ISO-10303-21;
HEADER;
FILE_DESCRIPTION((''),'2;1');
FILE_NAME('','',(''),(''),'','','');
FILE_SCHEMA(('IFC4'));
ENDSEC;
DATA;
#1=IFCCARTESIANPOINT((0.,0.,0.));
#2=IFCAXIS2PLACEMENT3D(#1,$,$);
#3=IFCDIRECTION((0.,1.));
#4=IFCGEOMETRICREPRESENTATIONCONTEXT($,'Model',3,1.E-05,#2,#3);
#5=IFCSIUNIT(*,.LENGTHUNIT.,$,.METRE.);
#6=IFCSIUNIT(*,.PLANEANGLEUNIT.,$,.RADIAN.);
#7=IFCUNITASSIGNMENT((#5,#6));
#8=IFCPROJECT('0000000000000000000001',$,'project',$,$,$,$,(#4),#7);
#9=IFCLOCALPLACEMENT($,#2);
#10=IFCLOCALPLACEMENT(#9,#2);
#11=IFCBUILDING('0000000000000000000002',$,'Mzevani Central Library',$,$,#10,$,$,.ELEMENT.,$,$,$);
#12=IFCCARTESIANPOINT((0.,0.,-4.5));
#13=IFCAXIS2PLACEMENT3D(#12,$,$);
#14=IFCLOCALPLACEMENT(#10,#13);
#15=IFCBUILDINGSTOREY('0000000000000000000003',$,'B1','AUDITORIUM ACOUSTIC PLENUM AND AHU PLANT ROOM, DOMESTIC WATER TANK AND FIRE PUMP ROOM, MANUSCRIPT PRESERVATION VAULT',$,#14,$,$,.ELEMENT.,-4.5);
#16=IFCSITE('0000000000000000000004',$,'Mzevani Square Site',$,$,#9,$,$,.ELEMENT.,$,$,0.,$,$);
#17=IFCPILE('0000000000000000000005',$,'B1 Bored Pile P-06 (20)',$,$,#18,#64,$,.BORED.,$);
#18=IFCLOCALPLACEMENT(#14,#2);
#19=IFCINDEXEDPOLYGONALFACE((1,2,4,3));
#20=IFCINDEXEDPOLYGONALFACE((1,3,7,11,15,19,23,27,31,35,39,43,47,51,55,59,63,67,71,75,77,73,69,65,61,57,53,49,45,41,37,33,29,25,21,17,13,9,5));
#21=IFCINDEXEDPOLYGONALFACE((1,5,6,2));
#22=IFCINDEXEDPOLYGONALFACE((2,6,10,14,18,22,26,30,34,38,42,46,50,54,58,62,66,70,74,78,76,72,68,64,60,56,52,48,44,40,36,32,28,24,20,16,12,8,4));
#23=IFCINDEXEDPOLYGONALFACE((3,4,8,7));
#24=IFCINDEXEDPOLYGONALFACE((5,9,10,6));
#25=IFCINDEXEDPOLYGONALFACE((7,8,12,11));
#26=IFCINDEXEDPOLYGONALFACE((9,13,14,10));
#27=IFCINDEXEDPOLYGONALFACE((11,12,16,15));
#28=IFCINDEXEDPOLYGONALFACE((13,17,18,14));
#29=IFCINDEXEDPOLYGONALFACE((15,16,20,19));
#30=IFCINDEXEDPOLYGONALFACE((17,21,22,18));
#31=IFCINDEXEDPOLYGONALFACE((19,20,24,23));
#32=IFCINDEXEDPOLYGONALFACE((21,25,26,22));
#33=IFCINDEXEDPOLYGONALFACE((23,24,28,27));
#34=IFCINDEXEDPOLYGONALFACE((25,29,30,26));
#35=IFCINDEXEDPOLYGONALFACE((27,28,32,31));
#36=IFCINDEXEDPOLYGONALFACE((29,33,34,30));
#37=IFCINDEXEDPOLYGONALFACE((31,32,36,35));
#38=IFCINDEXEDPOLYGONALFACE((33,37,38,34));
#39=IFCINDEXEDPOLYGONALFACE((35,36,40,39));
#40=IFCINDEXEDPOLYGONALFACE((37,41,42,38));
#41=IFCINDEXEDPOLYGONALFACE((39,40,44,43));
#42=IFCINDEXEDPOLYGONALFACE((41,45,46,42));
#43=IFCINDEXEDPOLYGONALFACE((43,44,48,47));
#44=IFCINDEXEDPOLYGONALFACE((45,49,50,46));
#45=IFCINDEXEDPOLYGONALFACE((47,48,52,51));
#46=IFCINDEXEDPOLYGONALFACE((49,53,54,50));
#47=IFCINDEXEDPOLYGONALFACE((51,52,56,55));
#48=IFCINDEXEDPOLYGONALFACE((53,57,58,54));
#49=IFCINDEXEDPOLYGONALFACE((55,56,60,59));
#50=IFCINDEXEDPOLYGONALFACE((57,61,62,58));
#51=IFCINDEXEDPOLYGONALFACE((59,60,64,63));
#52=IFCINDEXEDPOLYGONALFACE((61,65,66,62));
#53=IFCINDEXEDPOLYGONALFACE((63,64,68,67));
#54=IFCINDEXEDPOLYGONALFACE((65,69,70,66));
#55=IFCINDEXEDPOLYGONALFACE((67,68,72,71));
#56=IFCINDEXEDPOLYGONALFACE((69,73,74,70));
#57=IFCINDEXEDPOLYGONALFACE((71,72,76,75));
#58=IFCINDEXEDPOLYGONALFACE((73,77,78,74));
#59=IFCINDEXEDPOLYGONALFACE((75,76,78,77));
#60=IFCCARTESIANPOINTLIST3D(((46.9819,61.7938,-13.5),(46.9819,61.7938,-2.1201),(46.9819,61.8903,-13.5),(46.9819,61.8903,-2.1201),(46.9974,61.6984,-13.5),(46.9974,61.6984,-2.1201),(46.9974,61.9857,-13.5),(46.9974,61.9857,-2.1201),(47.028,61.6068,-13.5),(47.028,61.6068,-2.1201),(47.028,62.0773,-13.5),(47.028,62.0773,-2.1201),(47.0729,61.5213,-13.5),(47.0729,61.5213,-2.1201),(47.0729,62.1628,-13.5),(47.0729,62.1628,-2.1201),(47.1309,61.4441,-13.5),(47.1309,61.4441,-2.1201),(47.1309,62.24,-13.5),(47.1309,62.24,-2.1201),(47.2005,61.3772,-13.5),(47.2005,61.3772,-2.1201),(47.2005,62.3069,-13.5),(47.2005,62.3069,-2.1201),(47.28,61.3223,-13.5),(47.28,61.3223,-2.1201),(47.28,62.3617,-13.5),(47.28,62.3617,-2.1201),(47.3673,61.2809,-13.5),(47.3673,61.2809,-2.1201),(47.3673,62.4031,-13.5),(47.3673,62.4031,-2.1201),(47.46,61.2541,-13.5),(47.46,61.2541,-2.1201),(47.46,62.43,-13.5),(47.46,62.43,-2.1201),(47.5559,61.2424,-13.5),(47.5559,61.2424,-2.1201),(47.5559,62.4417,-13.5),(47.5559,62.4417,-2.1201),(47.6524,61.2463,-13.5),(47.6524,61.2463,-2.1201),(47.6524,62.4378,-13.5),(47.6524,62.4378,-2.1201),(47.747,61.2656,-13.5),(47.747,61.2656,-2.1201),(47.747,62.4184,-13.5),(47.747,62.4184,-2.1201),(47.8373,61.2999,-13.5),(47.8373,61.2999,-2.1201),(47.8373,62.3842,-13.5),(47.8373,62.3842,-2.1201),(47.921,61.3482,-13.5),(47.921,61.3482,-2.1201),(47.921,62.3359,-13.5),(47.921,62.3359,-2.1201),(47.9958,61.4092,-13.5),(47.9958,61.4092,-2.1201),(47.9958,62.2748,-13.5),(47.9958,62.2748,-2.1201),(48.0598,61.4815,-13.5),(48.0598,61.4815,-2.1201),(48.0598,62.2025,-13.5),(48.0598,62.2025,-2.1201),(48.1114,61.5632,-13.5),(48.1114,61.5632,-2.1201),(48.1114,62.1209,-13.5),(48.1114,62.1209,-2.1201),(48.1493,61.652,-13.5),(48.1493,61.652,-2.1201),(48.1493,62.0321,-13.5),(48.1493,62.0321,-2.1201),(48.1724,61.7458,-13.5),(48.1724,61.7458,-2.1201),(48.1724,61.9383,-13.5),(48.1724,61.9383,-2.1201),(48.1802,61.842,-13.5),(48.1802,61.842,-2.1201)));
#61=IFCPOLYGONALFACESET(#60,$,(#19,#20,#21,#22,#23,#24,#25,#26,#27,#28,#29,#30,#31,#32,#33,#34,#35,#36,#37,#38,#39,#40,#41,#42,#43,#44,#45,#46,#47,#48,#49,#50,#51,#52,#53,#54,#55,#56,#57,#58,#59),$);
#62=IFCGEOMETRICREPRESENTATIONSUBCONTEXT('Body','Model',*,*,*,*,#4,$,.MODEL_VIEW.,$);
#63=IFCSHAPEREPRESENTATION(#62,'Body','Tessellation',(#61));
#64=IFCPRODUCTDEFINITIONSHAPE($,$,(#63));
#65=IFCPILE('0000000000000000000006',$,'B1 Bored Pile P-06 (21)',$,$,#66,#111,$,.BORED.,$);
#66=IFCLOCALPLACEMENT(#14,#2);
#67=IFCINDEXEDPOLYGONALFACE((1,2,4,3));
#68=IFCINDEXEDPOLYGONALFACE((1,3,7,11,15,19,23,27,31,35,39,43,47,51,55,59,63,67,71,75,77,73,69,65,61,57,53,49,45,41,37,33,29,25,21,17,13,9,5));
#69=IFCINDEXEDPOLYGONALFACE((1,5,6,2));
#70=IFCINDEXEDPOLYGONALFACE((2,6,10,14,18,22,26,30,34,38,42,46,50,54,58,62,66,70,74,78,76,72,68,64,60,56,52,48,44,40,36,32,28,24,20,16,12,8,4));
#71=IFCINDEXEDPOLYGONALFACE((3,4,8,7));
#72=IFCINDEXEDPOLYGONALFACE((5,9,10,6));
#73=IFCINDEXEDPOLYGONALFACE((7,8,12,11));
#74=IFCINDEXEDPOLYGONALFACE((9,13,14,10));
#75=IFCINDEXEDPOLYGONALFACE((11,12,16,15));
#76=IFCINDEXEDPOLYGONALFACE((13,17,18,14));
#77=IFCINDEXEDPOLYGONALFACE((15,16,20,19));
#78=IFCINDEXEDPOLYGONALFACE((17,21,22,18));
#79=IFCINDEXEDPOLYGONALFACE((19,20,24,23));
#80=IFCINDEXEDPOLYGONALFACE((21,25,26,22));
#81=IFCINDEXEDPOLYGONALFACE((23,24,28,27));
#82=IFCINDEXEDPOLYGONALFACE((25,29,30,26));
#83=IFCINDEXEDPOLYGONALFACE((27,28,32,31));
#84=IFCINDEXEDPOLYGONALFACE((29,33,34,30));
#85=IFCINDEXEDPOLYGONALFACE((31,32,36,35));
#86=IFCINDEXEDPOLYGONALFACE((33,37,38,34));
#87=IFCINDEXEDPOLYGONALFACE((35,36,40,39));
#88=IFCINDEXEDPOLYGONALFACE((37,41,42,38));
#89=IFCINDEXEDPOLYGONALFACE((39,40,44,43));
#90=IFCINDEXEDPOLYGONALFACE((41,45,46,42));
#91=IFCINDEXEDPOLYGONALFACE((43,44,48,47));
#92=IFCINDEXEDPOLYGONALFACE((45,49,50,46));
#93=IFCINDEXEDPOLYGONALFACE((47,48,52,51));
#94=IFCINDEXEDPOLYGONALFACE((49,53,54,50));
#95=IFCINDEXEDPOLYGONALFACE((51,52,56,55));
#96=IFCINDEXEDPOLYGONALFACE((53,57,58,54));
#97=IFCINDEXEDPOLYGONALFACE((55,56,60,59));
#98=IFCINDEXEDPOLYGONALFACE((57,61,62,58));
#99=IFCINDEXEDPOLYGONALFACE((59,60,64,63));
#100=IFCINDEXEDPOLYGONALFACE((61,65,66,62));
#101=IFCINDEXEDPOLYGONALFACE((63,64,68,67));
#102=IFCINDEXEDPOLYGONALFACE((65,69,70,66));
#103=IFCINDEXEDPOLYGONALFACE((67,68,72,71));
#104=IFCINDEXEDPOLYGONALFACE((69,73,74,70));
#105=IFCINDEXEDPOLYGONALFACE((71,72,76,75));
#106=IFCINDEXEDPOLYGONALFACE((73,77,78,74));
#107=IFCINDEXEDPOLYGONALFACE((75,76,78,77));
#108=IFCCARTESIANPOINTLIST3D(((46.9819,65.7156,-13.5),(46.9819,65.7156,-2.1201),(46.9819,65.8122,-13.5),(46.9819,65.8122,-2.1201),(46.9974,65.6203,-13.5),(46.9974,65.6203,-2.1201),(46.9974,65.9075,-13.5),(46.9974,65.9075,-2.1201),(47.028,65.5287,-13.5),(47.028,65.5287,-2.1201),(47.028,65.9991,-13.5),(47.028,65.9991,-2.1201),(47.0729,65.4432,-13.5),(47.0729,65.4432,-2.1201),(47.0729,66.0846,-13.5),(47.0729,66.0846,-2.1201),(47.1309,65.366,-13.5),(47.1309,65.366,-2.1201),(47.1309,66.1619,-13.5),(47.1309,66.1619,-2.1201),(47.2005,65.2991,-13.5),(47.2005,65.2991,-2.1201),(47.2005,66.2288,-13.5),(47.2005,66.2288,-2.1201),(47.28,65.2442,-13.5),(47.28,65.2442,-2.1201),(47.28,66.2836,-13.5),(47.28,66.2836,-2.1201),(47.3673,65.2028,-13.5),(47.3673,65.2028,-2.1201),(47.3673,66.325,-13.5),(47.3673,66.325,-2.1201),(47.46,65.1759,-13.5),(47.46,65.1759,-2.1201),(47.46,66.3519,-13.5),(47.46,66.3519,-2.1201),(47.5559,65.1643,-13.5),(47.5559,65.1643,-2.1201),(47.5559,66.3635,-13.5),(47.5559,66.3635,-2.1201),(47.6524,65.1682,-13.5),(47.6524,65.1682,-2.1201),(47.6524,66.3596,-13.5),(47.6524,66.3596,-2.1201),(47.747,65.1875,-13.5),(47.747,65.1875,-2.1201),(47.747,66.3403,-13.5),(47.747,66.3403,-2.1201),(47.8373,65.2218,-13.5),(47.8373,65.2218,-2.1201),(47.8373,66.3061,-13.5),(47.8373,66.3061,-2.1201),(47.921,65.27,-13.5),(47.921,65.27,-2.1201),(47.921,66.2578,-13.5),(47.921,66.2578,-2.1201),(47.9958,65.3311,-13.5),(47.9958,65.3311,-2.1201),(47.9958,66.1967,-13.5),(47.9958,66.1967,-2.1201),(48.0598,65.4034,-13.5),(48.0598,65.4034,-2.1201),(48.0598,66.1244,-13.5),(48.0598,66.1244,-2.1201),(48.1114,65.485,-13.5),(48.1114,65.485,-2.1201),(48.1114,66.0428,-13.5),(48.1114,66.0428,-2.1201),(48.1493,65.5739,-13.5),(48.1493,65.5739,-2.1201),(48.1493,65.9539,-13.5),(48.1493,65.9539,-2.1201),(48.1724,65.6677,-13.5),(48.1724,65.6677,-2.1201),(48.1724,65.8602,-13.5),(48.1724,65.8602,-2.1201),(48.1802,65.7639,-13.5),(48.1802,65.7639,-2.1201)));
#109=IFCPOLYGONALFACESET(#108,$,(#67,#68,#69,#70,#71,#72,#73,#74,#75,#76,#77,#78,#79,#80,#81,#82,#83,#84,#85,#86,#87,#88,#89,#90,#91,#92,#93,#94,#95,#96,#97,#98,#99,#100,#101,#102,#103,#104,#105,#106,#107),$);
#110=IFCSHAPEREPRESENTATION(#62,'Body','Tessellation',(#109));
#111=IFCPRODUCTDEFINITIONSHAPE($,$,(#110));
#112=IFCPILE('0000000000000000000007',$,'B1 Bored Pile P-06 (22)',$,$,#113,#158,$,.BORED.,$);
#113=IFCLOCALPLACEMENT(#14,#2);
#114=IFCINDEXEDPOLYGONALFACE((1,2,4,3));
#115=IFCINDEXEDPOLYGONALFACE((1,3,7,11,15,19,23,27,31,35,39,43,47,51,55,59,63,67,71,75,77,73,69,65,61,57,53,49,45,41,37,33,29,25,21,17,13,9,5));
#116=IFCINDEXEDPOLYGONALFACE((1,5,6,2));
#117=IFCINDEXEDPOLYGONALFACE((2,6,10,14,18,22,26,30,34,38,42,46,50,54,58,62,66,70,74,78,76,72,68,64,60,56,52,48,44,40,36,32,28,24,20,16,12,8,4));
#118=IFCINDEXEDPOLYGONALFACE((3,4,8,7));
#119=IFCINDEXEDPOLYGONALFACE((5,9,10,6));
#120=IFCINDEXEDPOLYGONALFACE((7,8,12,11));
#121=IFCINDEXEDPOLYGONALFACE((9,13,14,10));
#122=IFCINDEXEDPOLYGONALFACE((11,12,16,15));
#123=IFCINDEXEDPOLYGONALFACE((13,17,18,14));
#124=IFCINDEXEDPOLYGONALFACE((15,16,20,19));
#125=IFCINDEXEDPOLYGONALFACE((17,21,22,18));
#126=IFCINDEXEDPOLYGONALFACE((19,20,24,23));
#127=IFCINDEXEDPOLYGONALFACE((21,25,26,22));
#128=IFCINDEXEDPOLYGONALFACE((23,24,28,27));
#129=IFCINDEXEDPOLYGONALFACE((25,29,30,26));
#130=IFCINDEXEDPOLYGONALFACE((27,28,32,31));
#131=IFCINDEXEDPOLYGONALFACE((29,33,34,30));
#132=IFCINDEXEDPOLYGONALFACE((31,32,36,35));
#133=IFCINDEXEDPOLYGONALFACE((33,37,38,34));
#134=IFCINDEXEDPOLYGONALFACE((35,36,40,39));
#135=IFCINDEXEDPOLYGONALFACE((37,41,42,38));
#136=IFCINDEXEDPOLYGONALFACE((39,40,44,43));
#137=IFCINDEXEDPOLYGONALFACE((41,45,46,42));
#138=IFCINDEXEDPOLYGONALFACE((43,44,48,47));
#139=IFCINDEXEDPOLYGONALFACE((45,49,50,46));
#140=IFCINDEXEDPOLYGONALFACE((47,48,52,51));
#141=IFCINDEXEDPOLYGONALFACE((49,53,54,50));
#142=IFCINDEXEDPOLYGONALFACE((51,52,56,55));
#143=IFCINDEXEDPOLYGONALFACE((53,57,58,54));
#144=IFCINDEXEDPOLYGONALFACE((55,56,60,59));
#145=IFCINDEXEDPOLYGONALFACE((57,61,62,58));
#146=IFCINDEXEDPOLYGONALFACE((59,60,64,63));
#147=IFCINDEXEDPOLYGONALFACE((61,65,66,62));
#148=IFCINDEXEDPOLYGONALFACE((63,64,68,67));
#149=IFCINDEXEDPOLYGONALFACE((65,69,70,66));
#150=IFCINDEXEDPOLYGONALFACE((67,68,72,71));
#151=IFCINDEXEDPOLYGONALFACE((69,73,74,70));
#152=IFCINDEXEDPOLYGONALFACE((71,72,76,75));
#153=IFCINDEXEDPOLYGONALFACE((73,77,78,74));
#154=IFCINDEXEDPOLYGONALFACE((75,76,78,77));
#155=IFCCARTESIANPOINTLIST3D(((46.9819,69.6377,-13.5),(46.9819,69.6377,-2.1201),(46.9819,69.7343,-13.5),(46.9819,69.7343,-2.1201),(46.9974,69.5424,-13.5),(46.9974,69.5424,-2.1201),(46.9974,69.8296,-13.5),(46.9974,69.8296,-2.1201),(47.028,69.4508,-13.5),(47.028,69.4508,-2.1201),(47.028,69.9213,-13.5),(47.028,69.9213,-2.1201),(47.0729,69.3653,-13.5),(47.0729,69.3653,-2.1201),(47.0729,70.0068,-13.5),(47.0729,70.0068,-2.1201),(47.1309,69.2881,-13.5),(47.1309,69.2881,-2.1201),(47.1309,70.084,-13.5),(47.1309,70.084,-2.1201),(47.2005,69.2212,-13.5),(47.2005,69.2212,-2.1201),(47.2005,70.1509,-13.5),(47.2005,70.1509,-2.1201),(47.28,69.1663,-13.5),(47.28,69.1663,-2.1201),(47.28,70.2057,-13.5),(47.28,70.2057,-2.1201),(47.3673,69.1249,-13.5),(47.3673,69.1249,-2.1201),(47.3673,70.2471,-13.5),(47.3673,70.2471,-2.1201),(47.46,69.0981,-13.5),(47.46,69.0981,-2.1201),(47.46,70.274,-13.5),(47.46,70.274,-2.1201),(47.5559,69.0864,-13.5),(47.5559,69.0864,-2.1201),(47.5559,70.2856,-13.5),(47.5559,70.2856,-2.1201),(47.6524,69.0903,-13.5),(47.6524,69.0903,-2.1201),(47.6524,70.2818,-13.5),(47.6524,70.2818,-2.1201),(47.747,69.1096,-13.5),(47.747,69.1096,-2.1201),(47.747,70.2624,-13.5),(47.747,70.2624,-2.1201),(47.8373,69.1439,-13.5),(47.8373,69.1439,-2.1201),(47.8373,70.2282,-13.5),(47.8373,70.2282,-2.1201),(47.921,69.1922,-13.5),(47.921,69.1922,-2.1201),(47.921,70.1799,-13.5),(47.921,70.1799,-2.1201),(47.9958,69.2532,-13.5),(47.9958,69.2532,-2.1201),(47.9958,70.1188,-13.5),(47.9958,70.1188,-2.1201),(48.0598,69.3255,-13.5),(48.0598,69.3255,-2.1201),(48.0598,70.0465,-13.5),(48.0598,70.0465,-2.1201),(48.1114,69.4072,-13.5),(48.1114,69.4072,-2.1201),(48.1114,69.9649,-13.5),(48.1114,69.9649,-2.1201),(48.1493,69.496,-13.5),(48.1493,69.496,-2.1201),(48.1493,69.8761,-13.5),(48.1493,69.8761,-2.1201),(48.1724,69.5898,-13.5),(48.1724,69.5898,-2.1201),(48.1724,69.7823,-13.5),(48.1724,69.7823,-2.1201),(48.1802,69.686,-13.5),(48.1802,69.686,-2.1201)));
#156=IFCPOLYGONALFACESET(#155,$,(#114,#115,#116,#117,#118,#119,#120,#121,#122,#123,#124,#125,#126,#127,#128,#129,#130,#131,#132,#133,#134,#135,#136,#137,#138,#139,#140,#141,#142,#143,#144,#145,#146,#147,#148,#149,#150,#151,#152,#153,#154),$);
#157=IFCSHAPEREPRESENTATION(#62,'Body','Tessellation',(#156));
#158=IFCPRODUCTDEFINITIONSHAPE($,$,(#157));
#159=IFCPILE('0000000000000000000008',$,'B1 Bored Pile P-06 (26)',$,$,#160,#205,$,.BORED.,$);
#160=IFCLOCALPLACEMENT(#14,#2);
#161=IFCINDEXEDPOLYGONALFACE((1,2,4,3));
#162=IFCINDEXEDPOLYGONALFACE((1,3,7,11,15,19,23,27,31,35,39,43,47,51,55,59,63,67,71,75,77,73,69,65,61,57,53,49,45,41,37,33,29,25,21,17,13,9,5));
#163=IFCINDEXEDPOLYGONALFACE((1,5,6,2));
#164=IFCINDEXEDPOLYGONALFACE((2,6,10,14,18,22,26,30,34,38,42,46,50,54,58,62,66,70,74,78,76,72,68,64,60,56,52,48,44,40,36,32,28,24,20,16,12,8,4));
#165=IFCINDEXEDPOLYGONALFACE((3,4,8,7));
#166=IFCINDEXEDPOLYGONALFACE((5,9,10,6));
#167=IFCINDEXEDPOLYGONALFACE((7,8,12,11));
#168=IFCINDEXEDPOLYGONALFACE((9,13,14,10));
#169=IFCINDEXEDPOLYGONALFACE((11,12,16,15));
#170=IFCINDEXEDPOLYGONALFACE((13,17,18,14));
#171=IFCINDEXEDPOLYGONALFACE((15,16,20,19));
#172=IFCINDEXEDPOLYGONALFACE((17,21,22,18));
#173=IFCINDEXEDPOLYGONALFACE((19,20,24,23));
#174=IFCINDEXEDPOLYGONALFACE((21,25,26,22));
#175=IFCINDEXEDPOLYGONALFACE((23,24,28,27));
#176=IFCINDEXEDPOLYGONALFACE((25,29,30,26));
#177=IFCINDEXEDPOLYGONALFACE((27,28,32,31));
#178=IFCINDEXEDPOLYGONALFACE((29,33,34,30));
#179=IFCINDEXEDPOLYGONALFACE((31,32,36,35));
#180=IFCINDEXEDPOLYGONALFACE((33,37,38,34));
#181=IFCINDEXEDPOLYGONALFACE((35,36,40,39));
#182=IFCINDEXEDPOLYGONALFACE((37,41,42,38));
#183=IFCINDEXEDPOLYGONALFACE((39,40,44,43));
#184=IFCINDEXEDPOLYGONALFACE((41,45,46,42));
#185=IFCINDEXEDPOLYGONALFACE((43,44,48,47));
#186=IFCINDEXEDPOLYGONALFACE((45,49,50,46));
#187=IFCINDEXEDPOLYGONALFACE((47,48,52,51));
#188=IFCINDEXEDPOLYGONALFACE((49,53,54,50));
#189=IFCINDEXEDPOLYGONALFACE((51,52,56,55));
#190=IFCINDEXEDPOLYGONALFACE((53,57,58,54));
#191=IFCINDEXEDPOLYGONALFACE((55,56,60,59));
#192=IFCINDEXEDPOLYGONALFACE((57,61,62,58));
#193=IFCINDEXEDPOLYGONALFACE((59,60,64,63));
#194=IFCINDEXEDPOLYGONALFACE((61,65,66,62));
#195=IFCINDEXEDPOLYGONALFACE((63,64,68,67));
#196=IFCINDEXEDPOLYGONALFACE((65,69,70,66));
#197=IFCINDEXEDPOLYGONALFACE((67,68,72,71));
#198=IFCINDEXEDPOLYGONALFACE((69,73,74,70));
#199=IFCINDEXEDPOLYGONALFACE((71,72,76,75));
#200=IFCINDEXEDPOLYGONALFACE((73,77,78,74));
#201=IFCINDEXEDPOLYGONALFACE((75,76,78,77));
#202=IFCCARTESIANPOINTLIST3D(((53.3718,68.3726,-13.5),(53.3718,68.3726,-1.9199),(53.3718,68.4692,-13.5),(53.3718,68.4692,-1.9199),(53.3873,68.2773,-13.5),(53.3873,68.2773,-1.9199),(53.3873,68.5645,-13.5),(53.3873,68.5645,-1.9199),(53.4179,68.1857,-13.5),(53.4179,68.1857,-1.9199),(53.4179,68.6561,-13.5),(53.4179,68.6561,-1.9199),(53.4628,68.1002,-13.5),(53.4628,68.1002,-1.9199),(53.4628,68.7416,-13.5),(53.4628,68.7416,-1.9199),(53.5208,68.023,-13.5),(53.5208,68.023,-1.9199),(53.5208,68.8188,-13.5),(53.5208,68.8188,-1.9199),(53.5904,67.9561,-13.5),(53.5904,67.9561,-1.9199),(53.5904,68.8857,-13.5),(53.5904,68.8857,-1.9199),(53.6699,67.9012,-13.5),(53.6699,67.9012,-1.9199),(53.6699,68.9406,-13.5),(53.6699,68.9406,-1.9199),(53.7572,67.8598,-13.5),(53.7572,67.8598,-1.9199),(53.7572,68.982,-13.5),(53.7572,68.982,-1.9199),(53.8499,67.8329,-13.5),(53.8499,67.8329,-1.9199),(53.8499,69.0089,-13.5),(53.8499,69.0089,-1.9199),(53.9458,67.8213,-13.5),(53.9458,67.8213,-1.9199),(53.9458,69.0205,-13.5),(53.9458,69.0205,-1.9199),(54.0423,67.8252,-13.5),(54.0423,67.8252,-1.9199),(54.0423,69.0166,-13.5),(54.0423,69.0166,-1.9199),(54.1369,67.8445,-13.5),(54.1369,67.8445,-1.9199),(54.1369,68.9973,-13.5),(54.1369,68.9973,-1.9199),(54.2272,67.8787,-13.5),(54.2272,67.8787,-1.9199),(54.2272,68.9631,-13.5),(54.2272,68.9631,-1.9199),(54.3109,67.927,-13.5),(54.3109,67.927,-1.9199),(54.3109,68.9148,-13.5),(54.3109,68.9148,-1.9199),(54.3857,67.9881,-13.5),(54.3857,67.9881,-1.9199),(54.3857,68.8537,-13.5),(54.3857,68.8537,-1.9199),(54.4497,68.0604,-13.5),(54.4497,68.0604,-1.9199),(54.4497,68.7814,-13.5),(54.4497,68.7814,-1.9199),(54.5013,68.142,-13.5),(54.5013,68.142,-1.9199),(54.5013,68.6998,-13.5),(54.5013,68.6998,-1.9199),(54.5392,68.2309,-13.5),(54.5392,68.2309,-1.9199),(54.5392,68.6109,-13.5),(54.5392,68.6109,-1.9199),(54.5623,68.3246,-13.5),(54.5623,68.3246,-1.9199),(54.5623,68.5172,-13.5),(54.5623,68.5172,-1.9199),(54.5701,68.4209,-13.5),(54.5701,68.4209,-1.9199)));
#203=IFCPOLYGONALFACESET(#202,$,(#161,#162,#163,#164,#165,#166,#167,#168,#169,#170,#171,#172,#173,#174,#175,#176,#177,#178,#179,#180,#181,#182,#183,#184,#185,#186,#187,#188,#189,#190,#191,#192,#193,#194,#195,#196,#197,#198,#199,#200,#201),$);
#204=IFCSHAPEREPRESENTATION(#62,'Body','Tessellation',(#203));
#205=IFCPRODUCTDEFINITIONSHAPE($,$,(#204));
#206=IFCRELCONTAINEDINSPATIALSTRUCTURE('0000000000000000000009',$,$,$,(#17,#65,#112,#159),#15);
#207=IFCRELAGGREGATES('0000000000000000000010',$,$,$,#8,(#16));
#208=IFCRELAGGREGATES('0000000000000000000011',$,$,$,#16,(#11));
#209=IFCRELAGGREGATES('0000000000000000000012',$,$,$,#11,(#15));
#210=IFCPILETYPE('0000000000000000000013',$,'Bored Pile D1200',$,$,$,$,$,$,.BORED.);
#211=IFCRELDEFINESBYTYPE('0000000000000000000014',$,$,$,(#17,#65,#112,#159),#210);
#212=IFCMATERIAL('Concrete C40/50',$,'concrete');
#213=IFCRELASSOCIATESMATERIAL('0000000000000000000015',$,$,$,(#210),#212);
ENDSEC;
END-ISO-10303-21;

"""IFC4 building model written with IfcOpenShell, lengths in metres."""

from ifc_helpers import new_model, si_unit, direction, frame, origin, origin_2d, place, context, subcontext, project, spatial, circle, extrude, material, material_profile, profile_set, type_object, element, save


model = new_model("IFC4")

# Units and contexts
model_context = context("Model", 3, precision=1e-05, world=origin(), true_north=direction((0.0, 1.0)))
body_context = subcontext(model_context, "Body", "Model", "MODEL_VIEW")
ifc_project = project(units=[si_unit("LENGTHUNIT", "METRE"), si_unit("PLANEANGLEUNIT", "RADIAN")], contexts=[model_context])

# Site, building, storey
site_placement = place(None, origin())
site = spatial("IfcSite", under=ifc_project, at=site_placement, Name="Mzevani Square Site", CompositionType="ELEMENT", RefElevation=0.0)
building_placement = place(site_placement, origin())
building = spatial("IfcBuilding", under=site, at=building_placement, Name="Mzevani Central Library", CompositionType="ELEMENT")
storey_placement = place(building_placement, frame((0.0, 0.0, -4.5)))
storey = spatial("IfcBuildingStorey", under=building, at=storey_placement, Name="B1", Description="AUDITORIUM ACOUSTIC PLENUM AND AHU PLANT ROOM, DOMESTIC WATER TANK AND FIRE PUMP ROOM, MANUSCRIPT PRESERVATION VAULT", CompositionType="ELEMENT", Elevation=-4.5)

# Piles
ifc_material_1 = material(Name="Concrete C40/50", Category="concrete")
ifc_material_profile_1 = material_profile(ifc_material_1, circle(Radius=0.6001, at=origin_2d()), Name="PILE D1200")
ifc_profile_set_1 = profile_set([ifc_material_profile_1], Name="Concrete C40/50")
pile_type_1 = type_object("IfcPileType", Name="Bored Pile D1200", PredefinedType="BORED", material=ifc_profile_set_1)
for number, where, z_axis, x_axis, name in (
    (1, (47.5801, 61.842, -2.1201), (0.0, 0.0, -1.0), (1.0, 0.0, 0.0), "B1 Bored Pile P-06 (20)"),
    (2, (47.5801, 65.7639, -2.1201), (0.0, 0.0, -1.0), (1.0, 0.0, 0.0), "B1 Bored Pile P-06 (21)"),
    (3, (47.5801, 69.686, -2.1201), (0.0, 0.0, -1.0), (1.0, 0.0, 0.0), "B1 Bored Pile P-06 (22)"),
):
    element("IfcPile", number, at=place(storey_placement, frame(where, z_axis=z_axis, x_axis=x_axis)), inside=storey, type_object=pile_type_1, Name=name, PredefinedType="BORED", context=body_context, shape_type="SweptSolid", body=[
        extrude(circle(Radius=0.6001, at=origin_2d()), origin(), (0.0, 0.0, 1.0), 11.3799),
    ])
for number, where, z_axis, x_axis, name in (
    (4, (53.97, 68.4209, -1.9199), (0.0, 0.0, -1.0), (1.0, 0.0, 0.0), "B1 Bored Pile P-06 (26)"),
):
    element("IfcPile", number, at=place(storey_placement, frame(where, z_axis=z_axis, x_axis=x_axis)), inside=storey, type_object=pile_type_1, Name=name, PredefinedType="BORED", context=body_context, shape_type="SweptSolid", body=[
        extrude(circle(Radius=0.6001, at=origin_2d()), origin(), (0.0, 0.0, 1.0), 11.5801),
    ])

save(model, "model.ifc")
